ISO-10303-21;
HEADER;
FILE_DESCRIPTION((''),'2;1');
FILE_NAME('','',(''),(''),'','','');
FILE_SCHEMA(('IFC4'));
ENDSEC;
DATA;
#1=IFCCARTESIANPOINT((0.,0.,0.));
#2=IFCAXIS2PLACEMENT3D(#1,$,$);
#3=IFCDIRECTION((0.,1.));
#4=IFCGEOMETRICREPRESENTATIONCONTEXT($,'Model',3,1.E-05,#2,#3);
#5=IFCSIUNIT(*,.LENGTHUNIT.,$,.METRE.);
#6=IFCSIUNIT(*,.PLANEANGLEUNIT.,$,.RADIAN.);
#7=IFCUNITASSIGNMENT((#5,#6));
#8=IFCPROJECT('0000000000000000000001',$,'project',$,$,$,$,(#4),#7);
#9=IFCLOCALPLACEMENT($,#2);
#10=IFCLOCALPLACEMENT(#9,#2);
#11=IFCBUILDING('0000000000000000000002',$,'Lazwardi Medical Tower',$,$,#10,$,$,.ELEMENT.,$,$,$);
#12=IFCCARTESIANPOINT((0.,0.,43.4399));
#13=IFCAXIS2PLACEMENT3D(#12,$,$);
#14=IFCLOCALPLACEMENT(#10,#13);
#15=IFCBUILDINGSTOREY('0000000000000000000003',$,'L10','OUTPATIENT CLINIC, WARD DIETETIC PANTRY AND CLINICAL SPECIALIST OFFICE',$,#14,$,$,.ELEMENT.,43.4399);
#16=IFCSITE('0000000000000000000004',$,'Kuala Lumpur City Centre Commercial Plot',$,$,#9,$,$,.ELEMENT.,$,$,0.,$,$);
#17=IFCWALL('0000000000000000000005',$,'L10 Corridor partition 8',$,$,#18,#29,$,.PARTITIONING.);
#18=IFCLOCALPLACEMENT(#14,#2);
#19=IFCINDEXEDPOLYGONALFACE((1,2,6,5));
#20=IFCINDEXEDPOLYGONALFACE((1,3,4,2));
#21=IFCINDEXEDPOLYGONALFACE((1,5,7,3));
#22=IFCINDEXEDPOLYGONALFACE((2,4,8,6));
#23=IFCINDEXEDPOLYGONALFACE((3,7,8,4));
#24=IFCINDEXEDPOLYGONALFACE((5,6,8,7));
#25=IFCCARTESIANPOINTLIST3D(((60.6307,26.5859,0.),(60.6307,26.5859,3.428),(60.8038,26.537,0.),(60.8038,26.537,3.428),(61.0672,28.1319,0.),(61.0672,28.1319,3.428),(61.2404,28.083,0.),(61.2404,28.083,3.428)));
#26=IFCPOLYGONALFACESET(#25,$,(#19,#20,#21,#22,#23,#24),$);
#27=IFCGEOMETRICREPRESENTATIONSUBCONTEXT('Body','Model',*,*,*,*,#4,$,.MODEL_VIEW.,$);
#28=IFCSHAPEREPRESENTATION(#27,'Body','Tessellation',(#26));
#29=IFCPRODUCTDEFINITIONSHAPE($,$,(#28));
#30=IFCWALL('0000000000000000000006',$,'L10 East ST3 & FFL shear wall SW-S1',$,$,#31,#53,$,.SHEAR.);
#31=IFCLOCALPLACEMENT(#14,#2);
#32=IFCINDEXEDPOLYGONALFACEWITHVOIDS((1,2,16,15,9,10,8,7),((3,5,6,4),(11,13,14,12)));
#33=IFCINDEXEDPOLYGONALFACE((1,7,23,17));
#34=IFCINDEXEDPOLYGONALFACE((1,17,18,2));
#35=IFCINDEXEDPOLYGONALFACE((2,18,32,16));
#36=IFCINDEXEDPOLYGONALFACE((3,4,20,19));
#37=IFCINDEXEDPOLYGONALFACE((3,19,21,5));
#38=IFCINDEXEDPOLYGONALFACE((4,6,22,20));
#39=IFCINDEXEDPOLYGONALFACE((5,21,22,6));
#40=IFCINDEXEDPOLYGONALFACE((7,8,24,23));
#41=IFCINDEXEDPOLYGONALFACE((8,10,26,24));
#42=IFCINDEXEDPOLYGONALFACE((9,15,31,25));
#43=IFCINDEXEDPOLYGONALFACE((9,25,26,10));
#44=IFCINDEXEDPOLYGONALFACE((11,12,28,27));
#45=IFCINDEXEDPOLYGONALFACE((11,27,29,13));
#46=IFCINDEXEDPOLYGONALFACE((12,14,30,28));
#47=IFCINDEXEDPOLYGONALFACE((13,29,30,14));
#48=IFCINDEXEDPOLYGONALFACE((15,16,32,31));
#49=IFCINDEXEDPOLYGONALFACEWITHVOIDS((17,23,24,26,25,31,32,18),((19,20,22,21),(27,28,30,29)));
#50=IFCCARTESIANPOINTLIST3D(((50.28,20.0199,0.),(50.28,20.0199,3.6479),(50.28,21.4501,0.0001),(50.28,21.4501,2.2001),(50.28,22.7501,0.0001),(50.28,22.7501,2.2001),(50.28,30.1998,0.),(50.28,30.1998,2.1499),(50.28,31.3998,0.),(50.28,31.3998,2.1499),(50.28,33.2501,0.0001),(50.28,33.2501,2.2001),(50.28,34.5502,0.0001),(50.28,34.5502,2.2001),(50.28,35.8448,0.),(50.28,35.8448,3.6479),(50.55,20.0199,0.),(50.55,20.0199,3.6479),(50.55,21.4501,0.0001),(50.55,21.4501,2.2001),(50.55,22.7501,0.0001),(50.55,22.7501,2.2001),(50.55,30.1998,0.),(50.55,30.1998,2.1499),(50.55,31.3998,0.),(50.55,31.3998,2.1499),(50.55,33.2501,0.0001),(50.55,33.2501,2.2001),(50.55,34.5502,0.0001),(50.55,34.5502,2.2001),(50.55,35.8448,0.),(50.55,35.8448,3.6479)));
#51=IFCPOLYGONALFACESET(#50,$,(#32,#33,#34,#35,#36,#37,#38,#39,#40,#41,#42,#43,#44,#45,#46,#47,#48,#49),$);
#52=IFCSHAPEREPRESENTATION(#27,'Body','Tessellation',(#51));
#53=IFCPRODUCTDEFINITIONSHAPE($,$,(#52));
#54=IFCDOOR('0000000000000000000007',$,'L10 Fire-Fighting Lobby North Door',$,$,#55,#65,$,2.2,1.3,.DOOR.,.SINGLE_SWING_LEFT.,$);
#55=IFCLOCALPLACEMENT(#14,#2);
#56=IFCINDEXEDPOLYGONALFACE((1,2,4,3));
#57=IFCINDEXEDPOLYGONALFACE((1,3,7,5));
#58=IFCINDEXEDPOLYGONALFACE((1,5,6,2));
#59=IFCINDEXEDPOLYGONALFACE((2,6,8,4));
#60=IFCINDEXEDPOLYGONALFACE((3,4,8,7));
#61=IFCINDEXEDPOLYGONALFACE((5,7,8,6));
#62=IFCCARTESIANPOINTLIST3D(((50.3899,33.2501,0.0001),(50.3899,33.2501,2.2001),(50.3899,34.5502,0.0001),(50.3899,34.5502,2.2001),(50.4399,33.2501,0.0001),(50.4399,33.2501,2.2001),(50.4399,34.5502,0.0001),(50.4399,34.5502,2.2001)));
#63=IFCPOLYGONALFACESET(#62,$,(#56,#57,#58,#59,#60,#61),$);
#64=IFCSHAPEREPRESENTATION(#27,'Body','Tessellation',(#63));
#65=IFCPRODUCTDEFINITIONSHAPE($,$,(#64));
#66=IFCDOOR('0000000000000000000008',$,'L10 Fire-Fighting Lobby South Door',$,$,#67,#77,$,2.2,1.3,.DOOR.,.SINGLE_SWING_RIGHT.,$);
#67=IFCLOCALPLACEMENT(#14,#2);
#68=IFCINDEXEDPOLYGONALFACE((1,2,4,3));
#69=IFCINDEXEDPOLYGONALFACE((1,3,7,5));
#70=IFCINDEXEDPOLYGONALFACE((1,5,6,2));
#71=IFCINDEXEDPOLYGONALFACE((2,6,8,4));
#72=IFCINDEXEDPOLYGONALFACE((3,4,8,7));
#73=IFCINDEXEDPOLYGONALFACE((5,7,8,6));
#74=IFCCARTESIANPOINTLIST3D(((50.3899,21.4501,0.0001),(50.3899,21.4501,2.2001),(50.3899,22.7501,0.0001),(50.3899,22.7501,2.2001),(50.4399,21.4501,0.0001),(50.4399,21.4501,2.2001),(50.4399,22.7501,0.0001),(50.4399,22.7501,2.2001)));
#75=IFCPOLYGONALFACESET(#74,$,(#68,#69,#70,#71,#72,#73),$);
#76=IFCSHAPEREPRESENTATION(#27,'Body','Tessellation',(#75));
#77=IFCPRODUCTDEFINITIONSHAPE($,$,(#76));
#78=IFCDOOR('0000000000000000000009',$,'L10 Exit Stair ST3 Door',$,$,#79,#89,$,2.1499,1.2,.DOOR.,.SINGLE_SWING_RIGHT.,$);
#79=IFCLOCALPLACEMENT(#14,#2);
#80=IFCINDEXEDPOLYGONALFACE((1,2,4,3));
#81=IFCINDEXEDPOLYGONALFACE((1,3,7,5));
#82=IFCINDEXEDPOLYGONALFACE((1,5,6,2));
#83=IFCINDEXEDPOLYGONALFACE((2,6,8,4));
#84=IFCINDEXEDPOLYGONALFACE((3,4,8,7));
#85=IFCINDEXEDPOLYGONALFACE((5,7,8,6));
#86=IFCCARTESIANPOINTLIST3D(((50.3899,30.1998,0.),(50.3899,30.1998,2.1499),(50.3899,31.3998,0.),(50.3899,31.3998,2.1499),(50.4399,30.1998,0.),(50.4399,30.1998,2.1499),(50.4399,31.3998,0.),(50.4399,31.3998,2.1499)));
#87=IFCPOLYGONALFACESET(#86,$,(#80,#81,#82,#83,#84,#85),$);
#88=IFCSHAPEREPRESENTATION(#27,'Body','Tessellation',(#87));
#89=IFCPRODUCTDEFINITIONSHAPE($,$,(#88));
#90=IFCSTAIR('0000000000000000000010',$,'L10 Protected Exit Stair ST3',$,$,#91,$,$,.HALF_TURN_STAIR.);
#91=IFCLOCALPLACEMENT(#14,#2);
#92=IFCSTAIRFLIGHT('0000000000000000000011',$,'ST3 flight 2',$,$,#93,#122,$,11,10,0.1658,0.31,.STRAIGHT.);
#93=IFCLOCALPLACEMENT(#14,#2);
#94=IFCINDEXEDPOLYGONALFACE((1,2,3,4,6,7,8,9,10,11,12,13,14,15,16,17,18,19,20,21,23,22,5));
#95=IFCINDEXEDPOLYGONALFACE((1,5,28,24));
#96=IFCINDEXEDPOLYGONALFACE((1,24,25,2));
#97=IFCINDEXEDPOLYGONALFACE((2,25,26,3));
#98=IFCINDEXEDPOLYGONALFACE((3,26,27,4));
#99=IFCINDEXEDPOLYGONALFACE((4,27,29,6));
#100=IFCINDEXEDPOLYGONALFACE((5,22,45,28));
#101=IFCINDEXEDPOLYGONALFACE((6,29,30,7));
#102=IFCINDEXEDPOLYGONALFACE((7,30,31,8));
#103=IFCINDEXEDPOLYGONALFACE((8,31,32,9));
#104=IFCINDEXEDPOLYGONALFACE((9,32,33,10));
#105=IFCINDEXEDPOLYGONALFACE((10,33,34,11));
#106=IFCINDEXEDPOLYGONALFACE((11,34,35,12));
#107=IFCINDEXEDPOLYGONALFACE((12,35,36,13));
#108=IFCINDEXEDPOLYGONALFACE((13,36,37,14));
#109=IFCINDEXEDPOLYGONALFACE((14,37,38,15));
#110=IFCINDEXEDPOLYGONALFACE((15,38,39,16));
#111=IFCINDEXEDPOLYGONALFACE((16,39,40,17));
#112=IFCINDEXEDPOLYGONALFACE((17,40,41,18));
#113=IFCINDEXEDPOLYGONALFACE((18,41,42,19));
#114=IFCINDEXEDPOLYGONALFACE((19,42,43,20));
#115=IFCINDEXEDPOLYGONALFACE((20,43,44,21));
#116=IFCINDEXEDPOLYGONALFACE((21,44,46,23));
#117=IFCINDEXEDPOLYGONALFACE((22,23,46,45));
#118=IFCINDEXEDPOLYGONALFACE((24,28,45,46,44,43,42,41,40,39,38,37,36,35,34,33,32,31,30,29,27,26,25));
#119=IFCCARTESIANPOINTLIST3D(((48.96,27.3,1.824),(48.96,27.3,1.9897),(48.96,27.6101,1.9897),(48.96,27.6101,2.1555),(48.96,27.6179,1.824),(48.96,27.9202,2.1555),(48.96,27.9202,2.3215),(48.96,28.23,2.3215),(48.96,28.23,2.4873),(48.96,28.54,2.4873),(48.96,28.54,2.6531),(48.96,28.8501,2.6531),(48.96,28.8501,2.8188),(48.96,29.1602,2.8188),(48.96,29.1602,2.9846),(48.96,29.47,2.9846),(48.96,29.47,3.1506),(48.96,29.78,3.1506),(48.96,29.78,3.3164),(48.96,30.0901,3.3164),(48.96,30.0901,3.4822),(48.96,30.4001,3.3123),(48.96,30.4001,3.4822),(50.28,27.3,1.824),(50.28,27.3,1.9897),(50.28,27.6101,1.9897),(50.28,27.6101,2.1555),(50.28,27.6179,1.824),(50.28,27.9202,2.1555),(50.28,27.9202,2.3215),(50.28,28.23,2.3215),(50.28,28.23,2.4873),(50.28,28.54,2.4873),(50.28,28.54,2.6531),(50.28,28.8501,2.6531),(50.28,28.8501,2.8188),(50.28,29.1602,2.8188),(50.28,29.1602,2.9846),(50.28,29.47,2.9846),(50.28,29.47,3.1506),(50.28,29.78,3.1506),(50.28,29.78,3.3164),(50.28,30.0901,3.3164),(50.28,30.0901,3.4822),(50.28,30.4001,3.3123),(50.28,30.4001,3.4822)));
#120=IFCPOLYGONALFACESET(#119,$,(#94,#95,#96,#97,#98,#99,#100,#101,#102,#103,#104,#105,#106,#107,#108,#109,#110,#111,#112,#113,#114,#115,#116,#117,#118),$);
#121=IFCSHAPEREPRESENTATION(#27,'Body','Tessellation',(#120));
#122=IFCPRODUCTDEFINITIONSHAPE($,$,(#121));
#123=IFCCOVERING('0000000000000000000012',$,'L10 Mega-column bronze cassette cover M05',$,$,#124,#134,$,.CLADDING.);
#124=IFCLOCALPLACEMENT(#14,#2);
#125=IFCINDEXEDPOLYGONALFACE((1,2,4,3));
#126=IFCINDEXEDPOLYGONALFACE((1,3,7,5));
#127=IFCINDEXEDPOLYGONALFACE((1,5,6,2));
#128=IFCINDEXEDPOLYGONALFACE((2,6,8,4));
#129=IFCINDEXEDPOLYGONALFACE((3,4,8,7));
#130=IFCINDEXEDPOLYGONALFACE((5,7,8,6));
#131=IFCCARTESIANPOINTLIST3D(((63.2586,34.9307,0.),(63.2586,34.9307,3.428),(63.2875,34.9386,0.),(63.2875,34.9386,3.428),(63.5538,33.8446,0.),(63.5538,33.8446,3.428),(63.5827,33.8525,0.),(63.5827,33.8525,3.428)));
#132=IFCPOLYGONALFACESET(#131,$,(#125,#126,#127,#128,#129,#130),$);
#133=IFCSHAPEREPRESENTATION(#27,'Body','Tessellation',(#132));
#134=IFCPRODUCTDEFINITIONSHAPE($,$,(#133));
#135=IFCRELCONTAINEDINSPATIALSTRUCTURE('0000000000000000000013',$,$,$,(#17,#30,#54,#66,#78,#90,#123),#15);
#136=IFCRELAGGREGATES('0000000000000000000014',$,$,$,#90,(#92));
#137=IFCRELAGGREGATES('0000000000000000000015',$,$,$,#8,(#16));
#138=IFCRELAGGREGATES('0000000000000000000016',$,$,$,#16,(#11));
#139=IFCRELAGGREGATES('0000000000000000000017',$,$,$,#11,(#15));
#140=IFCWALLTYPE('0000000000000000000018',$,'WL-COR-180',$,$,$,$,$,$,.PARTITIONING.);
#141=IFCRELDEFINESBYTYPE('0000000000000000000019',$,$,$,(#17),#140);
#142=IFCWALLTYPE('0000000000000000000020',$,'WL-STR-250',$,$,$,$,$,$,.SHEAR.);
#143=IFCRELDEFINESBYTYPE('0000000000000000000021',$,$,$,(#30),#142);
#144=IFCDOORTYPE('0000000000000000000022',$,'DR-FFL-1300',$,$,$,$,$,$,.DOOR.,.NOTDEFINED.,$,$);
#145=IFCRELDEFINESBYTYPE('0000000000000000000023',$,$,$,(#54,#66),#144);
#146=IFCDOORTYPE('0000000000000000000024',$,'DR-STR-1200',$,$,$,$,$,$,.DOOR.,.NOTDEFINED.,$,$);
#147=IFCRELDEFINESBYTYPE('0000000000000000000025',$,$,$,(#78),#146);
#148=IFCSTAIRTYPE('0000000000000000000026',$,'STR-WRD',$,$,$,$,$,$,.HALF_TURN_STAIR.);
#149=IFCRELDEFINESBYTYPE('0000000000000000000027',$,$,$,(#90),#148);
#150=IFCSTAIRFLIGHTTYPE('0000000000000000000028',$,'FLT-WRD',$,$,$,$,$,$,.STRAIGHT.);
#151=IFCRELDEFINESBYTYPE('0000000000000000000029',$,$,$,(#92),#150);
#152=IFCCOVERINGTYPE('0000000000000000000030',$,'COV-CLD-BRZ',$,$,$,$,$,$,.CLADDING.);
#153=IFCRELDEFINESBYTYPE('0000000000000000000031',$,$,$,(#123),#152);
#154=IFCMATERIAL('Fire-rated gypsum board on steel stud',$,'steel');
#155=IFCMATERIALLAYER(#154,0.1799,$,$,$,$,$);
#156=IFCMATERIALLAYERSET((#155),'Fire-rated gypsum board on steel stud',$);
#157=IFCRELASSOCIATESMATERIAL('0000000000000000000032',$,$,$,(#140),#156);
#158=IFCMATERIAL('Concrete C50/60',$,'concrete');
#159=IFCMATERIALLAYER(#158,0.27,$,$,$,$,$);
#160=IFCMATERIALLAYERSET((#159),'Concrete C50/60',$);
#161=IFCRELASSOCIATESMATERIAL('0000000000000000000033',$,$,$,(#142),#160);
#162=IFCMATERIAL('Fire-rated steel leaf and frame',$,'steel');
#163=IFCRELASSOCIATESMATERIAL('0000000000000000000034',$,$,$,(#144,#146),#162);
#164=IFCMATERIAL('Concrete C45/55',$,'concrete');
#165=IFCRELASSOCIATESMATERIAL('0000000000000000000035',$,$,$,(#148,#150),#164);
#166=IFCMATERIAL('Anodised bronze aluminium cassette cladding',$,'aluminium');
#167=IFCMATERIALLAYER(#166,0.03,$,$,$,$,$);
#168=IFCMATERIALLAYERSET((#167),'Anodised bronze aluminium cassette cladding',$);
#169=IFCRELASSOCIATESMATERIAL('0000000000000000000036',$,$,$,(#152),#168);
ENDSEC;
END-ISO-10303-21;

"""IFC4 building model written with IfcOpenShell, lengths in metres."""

from ifc_helpers import new_model, si_unit, direction, frame, frame_2d, origin, origin_2d, place, context, subcontext, project, spatial, polyline, rectangle, outline, extrude, material, layer, layer_set, type_object, element, fill, aggregate, save


model = new_model("IFC4")

# Units and contexts
model_context = context("Model", 3, precision=1e-05, world=origin(), true_north=direction((0.0, 1.0)))
body_context = subcontext(model_context, "Body", "Model", "MODEL_VIEW")
ifc_project = project(units=[si_unit("LENGTHUNIT", "METRE"), si_unit("PLANEANGLEUNIT", "RADIAN")], contexts=[model_context])

# Site, building, storey
site_placement = place(None, origin())
site = spatial("IfcSite", under=ifc_project, at=site_placement, Name="Kuala Lumpur City Centre Commercial Plot", CompositionType="ELEMENT", RefElevation=0.0)
building_placement = place(site_placement, origin())
building = spatial("IfcBuilding", under=site, at=building_placement, Name="Lazwardi Medical Tower", CompositionType="ELEMENT")
storey_placement = place(building_placement, frame((0.0, 0.0, 43.4399)))
storey = spatial("IfcBuildingStorey", under=building, at=storey_placement, Name="L10", Description="OUTPATIENT CLINIC, WARD DIETETIC PANTRY AND CLINICAL SPECIALIST OFFICE", CompositionType="ELEMENT", Elevation=43.4399)

# Wall
ifc_material_1 = material(Name="Fire-rated gypsum board on steel stud", Category="steel")
ifc_layer_1 = layer(ifc_material_1, 0.1799)
ifc_layer_set_1 = layer_set([ifc_layer_1], Name="Fire-rated gypsum board on steel stud")
wall_type_1 = type_object("IfcWallType", Name="WL-COR-180", PredefinedType="PARTITIONING", material=ifc_layer_set_1)
wall_1_placement = place(storey_placement, frame((61.1538, 28.1074, 0.0), z_axis=(0.0, 0.0, 1.0), x_axis=(-0.271749, -0.962368, 0.0)))
element("IfcWall", 1, at=wall_1_placement, inside=storey, type_object=wall_type_1, Name="L10 Corridor partition 8", PredefinedType="PARTITIONING", context=body_context, shape_type="SweptSolid", body=[
    extrude(rectangle(XDim=1.6064, YDim=0.1799, at=frame_2d((0.8032, 0.0))), origin(), (0.0, 0.0, 1.0), 3.428),
])

# Wall, openings, doors
ifc_material_2 = material(Name="Concrete C50/60", Category="concrete")
ifc_layer_2 = layer(ifc_material_2, 0.27)
ifc_layer_set_2 = layer_set([ifc_layer_2], Name="Concrete C50/60")
wall_type_2 = type_object("IfcWallType", Name="WL-STR-250", PredefinedType="SHEAR", material=ifc_layer_set_2)
wall_2_placement = place(storey_placement, frame((50.415, 35.845, 0.0), z_axis=(0.0, 0.0, 1.0), x_axis=(0.0, -1.0, 0.0)))
wall_2 = element("IfcWall", 2, at=wall_2_placement, inside=storey, type_object=wall_type_2, Name="L10 East ST3 & FFL shear wall SW-S1", PredefinedType="SHEAR", context=body_context, shape_type="SweptSolid", body=[
    extrude(rectangle(XDim=15.825, YDim=0.27, at=frame_2d((7.9126, 0.0))), origin(), (0.0, 0.0, 1.0), 3.6479),
])
opening_1_placement = place(wall_2_placement, frame((4.4451, 0.0, 0.0)))
opening_1 = element("IfcOpeningElement", 3, at=opening_1_placement, cuts=wall_2, PredefinedType="OPENING", context=body_context, shape_type="SweptSolid", body=[
    extrude(rectangle(XDim=1.2, YDim=2.1499, at=frame_2d((0.6001, 1.075))), frame((0.0, 0.145, 0.0), z_axis=(0.0, -1.0, 0.0), x_axis=(1.0, 0.0, 0.0)), (0.0, 0.0, 1.0), 0.29),
])
opening_2_placement = place(wall_2_placement, frame((1.2949, 0.0, 0.0)))
opening_2 = element("IfcOpeningElement", 4, at=opening_2_placement, cuts=wall_2, PredefinedType="OPENING", context=body_context, shape_type="SweptSolid", body=[
    extrude(rectangle(XDim=1.3, YDim=2.2, at=frame_2d((0.6499, 1.1001))), frame((0.0, 0.145, 0.0), z_axis=(0.0, -1.0, 0.0), x_axis=(1.0, 0.0, 0.0)), (0.0, 0.0, 1.0), 0.29),
])
opening_3_placement = place(wall_2_placement, frame((13.095, 0.0, 0.0)))
opening_3 = element("IfcOpeningElement", 5, at=opening_3_placement, cuts=wall_2, PredefinedType="OPENING", context=body_context, shape_type="SweptSolid", body=[
    extrude(rectangle(XDim=1.3, YDim=2.2, at=frame_2d((0.6499, 1.1001))), frame((0.0, 0.145, 0.0), z_axis=(0.0, -1.0, 0.0), x_axis=(1.0, 0.0, 0.0)), (0.0, 0.0, 1.0), 0.29),
])
ifc_material_3 = material(Name="Fire-rated steel leaf and frame", Category="steel")
door_type_1 = type_object("IfcDoorType", Name="DR-FFL-1300", OperationType="NOTDEFINED", PredefinedType="DOOR", material=ifc_material_3)
door_1_placement = place(opening_2_placement, origin())
door_1 = element("IfcDoor", 6, at=door_1_placement, inside=storey, type_object=door_type_1, Name="L10 Fire-Fighting Lobby North Door", OperationType="SINGLE_SWING_LEFT", OverallHeight=2.2, OverallWidth=1.3, PredefinedType="DOOR", context=body_context, shape_type="SweptSolid", body=[
    extrude(rectangle(XDim=1.3, YDim=2.2, at=frame_2d((0.6499, 1.1001))), frame((0.0, 0.0249, 0.0), z_axis=(0.0, -1.0, 0.0), x_axis=(1.0, 0.0, 0.0)), (0.0, 0.0, 1.0), 0.05),
])
fill(opening_2, door_1)
door_2_placement = place(opening_3_placement, origin())
door_2 = element("IfcDoor", 7, at=door_2_placement, inside=storey, type_object=door_type_1, Name="L10 Fire-Fighting Lobby South Door", OperationType="SINGLE_SWING_RIGHT", OverallHeight=2.2, OverallWidth=1.3, PredefinedType="DOOR", context=body_context, shape_type="SweptSolid", body=[
    extrude(rectangle(XDim=1.3, YDim=2.2, at=frame_2d((0.6499, 1.1001))), frame((0.0, 0.0249, 0.0), z_axis=(0.0, -1.0, 0.0), x_axis=(1.0, 0.0, 0.0)), (0.0, 0.0, 1.0), 0.05),
])
fill(opening_3, door_2)
door_type_2 = type_object("IfcDoorType", Name="DR-STR-1200", OperationType="NOTDEFINED", PredefinedType="DOOR", material=ifc_material_3)
door_3_placement = place(opening_1_placement, origin())
door_3 = element("IfcDoor", 8, at=door_3_placement, inside=storey, type_object=door_type_2, Name="L10 Exit Stair ST3 Door", OperationType="SINGLE_SWING_RIGHT", OverallHeight=2.1499, OverallWidth=1.2, PredefinedType="DOOR", context=body_context, shape_type="SweptSolid", body=[
    extrude(rectangle(XDim=1.2, YDim=2.1499, at=frame_2d((0.6001, 1.075))), frame((0.0, 0.0249, 0.0), z_axis=(0.0, -1.0, 0.0), x_axis=(1.0, 0.0, 0.0)), (0.0, 0.0, 1.0), 0.05),
])
fill(opening_1, door_3)

# Stair, stair flight
ifc_material_4 = material(Name="Concrete C45/55", Category="concrete")
stair_type = type_object("IfcStairType", Name="STR-WRD", PredefinedType="HALF_TURN_STAIR", material=ifc_material_4)
stair_placement = place(storey_placement, origin())
stair = element("IfcStair", 9, at=stair_placement, inside=storey, type_object=stair_type, Name="L10 Protected Exit Stair ST3", PredefinedType="HALF_TURN_STAIR")
stair_flight_type = type_object("IfcStairFlightType", Name="FLT-WRD", PredefinedType="STRAIGHT", material=ifc_material_4)
stair_flight_placement = place(storey_placement, frame((49.6201, 27.3, 1.824), z_axis=(0.0, 0.0, 1.0), x_axis=(0.0, 1.0, 0.0)))
stair_flight = element("IfcStairFlight", 10, at=stair_flight_placement, type_object=stair_flight_type, Name="ST3 flight 2", NumberOfRisers=11, NumberOfTreads=10, PredefinedType="STRAIGHT", RiserHeight=0.1658, TreadLength=0.31, context=body_context, shape_type="SweptSolid", body=[
    extrude(outline(polyline([(0.0, 0.0), (0.0, 0.1658), (0.3101, 0.1658), (0.3101, 0.3315), (0.6201, 0.3315), (0.6201, 0.4976), (0.9299, 0.4976), (0.9299, 0.6633), (1.24, 0.6633), (1.24, 0.8291), (1.55, 0.8291), (1.55, 0.9949), (1.8601, 0.9949), (1.8601, 1.1606), (2.1699, 1.1606), (2.1699, 1.3267), (2.48, 1.3267), (2.48, 1.4924), (2.79, 1.4924), (2.79, 1.6582), (3.1001, 1.6582), (3.1001, 1.824), (3.1001, 1.4883), (0.3179, 0.0), (0.0, 0.0)])), frame((0.0, 0.6602, 0.0), z_axis=(0.0, -1.0, 0.0), x_axis=(1.0, 0.0, 0.0)), (0.0, 0.0, 1.0), 1.3201),
])
aggregate(stair, [stair_flight])

# Covering
ifc_material_5 = material(Name="Anodised bronze aluminium cassette cladding", Category="aluminium")
ifc_layer_3 = layer(ifc_material_5, 0.03)
ifc_layer_set_3 = layer_set([ifc_layer_3], Name="Anodised bronze aluminium cassette cladding")
covering_type = type_object("IfcCoveringType", Name="COV-CLD-BRZ", PredefinedType="CLADDING", material=ifc_layer_set_3)
covering_placement = place(storey_placement, frame((63.4207, 34.3916, 0.0), z_axis=(0.0, 0.0, 1.0), x_axis=(-0.262283, 0.964991, 0.0)))
element("IfcCovering", 11, at=covering_placement, inside=storey, type_object=covering_type, Name="L10 Mega-column bronze cassette cover M05", PredefinedType="CLADDING", context=body_context, shape_type="SweptSolid", body=[
    extrude(rectangle(XDim=1.1255, YDim=0.03, at=origin_2d()), origin(), (0.0, 0.0, 1.0), 3.428),
])

save(model, "model.ifc")
